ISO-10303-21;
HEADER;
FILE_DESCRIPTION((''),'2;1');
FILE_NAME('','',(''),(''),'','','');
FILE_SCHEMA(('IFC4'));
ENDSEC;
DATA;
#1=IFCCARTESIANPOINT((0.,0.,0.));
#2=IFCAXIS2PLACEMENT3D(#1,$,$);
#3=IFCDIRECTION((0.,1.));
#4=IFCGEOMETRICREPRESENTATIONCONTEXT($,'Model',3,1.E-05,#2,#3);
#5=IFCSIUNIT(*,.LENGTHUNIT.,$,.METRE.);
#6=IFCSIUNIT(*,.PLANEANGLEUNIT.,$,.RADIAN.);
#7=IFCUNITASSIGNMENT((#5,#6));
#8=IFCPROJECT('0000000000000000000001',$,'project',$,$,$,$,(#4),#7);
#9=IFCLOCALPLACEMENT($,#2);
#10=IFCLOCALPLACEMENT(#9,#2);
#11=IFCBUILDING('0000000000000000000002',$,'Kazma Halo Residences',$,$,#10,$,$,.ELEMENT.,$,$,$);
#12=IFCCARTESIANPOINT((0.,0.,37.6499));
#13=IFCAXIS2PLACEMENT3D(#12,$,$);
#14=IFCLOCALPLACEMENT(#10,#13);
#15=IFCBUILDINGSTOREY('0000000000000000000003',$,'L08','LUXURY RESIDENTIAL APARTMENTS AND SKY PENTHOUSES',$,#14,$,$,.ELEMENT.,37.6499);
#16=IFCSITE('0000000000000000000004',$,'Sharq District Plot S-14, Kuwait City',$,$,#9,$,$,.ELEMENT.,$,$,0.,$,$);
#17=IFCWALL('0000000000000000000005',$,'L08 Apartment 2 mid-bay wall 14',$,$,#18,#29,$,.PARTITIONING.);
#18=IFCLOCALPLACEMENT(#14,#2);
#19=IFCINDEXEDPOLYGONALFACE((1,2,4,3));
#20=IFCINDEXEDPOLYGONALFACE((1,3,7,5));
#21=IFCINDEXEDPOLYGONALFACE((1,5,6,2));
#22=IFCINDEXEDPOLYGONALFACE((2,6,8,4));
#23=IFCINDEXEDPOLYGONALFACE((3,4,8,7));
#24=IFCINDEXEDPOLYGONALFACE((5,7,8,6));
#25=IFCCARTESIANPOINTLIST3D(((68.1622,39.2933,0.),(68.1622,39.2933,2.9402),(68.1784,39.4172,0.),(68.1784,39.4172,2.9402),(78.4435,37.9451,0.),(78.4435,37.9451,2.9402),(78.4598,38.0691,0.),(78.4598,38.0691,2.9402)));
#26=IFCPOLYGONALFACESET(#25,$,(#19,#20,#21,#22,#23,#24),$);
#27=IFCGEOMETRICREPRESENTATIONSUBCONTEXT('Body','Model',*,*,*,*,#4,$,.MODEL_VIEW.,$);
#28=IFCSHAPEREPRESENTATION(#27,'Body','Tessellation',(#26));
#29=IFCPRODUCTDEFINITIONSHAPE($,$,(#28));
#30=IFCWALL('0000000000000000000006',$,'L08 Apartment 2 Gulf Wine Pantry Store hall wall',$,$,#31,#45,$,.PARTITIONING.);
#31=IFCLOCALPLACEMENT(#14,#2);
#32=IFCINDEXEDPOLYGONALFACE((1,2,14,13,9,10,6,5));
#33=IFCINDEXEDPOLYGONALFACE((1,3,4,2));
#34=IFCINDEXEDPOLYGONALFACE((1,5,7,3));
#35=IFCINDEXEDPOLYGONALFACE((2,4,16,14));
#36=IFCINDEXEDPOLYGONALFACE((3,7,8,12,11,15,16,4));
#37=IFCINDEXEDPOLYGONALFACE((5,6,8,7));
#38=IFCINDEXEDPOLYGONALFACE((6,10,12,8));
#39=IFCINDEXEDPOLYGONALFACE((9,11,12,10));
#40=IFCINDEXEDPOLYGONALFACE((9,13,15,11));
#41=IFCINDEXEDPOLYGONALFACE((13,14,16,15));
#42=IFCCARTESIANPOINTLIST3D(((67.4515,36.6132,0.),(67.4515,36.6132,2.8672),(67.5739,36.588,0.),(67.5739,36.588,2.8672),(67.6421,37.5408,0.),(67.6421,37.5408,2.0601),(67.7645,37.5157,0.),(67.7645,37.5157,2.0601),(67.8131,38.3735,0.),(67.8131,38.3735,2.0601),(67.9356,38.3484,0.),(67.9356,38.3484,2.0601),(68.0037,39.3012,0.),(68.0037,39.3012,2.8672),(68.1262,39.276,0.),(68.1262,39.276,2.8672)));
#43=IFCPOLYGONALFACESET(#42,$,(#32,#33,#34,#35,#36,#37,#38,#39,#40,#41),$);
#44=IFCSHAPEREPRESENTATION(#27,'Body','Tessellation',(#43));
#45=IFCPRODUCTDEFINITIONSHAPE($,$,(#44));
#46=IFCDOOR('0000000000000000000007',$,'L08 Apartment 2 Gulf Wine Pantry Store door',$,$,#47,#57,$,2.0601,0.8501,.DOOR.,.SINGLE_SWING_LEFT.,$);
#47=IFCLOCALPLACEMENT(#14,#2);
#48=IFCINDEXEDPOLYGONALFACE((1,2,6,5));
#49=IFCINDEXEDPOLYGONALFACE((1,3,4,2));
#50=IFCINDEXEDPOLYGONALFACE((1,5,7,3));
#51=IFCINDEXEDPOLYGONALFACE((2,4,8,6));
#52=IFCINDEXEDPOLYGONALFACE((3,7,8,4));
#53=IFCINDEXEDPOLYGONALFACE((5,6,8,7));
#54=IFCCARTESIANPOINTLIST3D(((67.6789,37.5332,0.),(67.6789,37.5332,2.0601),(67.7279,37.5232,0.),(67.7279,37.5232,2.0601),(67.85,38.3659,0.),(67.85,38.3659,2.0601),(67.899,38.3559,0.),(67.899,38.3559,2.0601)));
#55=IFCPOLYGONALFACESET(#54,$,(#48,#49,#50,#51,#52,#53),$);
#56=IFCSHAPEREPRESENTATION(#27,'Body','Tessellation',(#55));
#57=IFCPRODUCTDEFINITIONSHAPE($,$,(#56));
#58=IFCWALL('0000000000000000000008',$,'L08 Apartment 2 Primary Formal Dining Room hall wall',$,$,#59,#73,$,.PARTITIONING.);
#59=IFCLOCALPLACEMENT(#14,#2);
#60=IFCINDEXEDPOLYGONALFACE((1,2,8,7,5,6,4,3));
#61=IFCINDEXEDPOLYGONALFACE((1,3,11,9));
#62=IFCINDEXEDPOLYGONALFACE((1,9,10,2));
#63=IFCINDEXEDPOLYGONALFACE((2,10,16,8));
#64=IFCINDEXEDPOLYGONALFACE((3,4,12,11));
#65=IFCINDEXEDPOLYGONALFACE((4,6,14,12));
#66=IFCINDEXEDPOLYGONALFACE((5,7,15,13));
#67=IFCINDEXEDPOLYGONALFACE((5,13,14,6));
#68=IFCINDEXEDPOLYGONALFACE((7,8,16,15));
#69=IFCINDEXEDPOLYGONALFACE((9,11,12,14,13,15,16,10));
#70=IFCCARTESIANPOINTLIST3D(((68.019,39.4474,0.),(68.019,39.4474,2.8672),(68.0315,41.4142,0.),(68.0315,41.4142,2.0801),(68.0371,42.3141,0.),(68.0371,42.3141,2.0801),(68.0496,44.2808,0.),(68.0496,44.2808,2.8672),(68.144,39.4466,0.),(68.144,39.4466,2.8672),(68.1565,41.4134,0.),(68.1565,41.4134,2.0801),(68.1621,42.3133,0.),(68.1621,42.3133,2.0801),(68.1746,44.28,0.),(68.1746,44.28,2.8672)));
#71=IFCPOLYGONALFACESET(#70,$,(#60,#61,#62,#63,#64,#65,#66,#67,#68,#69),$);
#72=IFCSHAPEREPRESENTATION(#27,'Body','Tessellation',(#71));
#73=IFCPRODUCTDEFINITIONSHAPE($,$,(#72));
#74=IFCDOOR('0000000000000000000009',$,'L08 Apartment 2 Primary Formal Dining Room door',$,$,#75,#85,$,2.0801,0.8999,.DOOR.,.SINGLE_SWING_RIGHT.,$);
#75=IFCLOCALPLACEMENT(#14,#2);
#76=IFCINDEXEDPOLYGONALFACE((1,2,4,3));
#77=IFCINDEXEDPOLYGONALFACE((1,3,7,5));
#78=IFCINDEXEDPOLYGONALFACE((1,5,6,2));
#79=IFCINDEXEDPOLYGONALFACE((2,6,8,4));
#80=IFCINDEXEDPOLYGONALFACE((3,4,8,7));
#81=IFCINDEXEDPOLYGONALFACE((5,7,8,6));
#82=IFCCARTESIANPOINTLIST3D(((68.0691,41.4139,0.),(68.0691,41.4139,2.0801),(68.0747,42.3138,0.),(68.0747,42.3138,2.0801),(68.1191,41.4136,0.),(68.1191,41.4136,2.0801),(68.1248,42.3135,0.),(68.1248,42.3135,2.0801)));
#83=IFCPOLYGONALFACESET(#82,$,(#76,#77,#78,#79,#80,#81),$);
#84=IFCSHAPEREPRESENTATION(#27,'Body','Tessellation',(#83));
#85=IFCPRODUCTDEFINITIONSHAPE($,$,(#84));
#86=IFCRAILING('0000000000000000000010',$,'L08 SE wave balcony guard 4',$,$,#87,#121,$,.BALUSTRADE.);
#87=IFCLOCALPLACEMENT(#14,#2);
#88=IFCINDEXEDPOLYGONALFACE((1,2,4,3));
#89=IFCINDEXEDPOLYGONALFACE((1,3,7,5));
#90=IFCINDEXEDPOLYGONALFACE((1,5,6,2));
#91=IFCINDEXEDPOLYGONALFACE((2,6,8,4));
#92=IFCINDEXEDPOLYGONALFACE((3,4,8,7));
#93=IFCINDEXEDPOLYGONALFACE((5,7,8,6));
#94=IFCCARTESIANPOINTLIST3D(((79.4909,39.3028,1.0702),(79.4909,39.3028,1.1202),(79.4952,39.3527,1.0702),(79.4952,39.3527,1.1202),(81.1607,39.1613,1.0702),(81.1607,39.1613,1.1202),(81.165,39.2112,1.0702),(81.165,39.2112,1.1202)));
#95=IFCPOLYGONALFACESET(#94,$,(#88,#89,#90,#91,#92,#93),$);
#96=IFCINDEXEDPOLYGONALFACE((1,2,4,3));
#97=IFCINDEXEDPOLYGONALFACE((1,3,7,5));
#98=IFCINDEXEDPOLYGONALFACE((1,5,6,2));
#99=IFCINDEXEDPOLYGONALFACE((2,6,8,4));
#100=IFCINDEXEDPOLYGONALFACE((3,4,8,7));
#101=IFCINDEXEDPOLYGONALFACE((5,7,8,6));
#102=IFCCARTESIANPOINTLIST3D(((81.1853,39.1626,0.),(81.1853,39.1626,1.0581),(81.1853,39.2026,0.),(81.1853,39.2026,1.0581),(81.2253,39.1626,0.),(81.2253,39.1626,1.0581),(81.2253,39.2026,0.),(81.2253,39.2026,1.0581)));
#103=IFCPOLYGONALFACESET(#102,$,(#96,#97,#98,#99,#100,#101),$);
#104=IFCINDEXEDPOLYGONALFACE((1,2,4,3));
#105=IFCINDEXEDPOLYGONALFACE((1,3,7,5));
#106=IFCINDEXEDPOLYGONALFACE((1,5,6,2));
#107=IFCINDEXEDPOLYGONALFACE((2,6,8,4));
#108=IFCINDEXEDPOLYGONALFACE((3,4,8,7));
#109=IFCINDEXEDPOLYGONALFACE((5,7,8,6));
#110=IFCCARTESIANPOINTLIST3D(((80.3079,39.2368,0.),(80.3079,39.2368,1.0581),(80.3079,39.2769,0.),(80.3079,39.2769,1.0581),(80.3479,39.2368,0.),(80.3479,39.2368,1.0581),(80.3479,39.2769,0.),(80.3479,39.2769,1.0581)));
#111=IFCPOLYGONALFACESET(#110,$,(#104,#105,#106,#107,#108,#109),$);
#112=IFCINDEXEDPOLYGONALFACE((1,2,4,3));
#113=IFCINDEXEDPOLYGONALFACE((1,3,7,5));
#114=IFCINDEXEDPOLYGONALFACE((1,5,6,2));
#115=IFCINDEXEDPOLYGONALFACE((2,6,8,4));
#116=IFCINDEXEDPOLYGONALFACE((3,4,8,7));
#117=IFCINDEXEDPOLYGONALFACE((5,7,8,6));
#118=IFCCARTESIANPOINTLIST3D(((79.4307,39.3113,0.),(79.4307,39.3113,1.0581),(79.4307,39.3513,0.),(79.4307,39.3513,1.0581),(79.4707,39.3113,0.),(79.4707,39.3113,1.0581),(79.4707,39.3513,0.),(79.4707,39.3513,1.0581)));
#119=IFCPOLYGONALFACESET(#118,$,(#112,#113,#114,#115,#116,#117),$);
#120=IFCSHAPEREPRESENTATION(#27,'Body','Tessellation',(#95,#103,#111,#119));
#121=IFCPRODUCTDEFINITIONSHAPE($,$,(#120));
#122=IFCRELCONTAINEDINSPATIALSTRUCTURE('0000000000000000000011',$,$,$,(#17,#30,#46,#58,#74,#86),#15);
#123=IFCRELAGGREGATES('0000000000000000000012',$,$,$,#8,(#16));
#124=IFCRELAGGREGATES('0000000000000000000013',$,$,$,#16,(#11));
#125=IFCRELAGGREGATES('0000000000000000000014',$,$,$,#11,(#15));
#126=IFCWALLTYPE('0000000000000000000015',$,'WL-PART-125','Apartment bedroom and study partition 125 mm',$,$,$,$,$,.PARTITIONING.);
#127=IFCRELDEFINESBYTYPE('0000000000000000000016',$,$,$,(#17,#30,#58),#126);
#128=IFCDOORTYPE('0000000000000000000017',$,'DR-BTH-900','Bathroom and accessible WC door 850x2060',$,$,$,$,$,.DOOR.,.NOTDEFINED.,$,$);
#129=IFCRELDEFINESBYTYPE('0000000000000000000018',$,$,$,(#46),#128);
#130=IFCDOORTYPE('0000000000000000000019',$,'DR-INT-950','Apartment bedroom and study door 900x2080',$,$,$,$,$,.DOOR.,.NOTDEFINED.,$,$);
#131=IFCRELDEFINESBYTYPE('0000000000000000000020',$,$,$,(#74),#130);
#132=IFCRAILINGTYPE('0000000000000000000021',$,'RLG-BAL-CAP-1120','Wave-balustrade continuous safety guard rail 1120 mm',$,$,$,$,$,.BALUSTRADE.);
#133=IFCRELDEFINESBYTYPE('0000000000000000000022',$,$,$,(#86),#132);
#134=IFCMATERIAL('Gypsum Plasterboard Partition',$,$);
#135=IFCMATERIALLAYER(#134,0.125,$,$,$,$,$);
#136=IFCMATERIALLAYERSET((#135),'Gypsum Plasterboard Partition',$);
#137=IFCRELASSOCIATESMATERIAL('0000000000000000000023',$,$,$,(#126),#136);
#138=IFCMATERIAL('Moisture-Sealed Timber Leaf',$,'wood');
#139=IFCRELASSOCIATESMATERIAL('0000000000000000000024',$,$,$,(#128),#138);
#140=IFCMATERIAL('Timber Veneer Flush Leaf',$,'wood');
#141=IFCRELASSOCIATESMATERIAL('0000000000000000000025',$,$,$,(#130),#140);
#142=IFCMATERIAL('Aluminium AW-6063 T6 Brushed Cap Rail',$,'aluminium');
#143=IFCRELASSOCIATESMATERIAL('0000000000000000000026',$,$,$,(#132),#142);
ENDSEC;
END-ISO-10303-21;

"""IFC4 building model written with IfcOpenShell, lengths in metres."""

from ifc_helpers import new_model, si_unit, direction, frame, frame_2d, origin, origin_2d, place, context, subcontext, project, spatial, rectangle, extrude, material, layer, layer_set, type_object, element, fill, save


model = new_model("IFC4")

# Units and contexts
model_context = context("Model", 3, precision=1e-05, world=origin(), true_north=direction((0.0, 1.0)))
body_context = subcontext(model_context, "Body", "Model", "MODEL_VIEW")
ifc_project = project(units=[si_unit("LENGTHUNIT", "METRE"), si_unit("PLANEANGLEUNIT", "RADIAN")], contexts=[model_context])

# Site, building, storey
site_placement = place(None, origin())
site = spatial("IfcSite", under=ifc_project, at=site_placement, Name="Sharq District Plot S-14, Kuwait City", CompositionType="ELEMENT", RefElevation=0.0)
building_placement = place(site_placement, origin())
building = spatial("IfcBuilding", under=site, at=building_placement, Name="Kazma Halo Residences", CompositionType="ELEMENT")
storey_placement = place(building_placement, frame((0.0, 0.0, 37.6499)))
storey = spatial("IfcBuildingStorey", under=building, at=storey_placement, Name="L08", Description="LUXURY RESIDENTIAL APARTMENTS AND SKY PENTHOUSES", CompositionType="ELEMENT", Elevation=37.6499)

# Shared definitions
ifc_material_1 = material(Name="Gypsum Plasterboard Partition")
ifc_layer_1 = layer(ifc_material_1, 0.125)
ifc_layer_set_1 = layer_set([ifc_layer_1], Name="Gypsum Plasterboard Partition")
wall_type_1 = type_object("IfcWallType", Name="WL-PART-125", Description="Apartment bedroom and study partition 125 mm", PredefinedType="PARTITIONING", material=ifc_layer_set_1)

# Shared definitions
ifc_material_2 = material(Name="Moisture-Sealed Timber Leaf", Category="wood")
door_type_1 = type_object("IfcDoorType", Name="DR-BTH-900", Description="Bathroom and accessible WC door 850x2060", OperationType="NOTDEFINED", PredefinedType="DOOR", material=ifc_material_2)

# Wall
wall_1_placement = place(storey_placement, frame((68.1704, 39.3552, 0.0), z_axis=(0.0, 0.0, 1.0), x_axis=(0.991513, -0.130011, 0.0)))
element("IfcWall", 1, at=wall_1_placement, inside=storey, type_object=wall_type_1, Name="L08 Apartment 2 mid-bay wall 14", PredefinedType="PARTITIONING", context=body_context, shape_type="SweptSolid", body=[
    extrude(rectangle(XDim=10.3694, YDim=0.125, at=frame_2d((5.1846, 0.0))), origin(), (0.0, 0.0, 1.0), 2.9402),
])

# Walls, openings, doors
wall_2_placement = place(storey_placement, frame((67.5127, 36.6006, 0.0), z_axis=(0.0, 0.0, 1.0), x_axis=(0.201246, 0.979541, 0.0)))
wall_2 = element("IfcWall", 2, at=wall_2_placement, inside=storey, type_object=wall_type_1, Name="L08 Apartment 2 Gulf Wine Pantry Store hall wall", PredefinedType="PARTITIONING", context=body_context, shape_type="SweptSolid", body=[
    extrude(rectangle(XDim=2.7441, YDim=0.125, at=frame_2d((1.3721, 0.0))), origin(), (0.0, 0.0, 1.0), 2.8672),
])
opening_1_placement = place(wall_2_placement, frame((0.947, 0.0, 0.0)))
opening_1 = element("IfcOpeningElement", 3, at=opening_1_placement, cuts=wall_2, PredefinedType="OPENING", context=body_context, shape_type="SweptSolid", body=[
    extrude(rectangle(XDim=0.8501, YDim=2.0601, at=frame_2d((0.425, 1.03))), frame((0.0, 0.0725, 0.0), z_axis=(0.0, -1.0, 0.0), x_axis=(1.0, 0.0, 0.0)), (0.0, 0.0, 1.0), 0.145),
])
door_1_placement = place(opening_1_placement, origin())
door_1 = element("IfcDoor", 4, at=door_1_placement, inside=storey, type_object=door_type_1, Name="L08 Apartment 2 Gulf Wine Pantry Store door", OperationType="SINGLE_SWING_LEFT", OverallHeight=2.0601, OverallWidth=0.8501, PredefinedType="DOOR", context=body_context, shape_type="SweptSolid", body=[
    extrude(rectangle(XDim=0.8501, YDim=2.0601, at=frame_2d((0.425, 1.03))), frame((0.0, 0.0249, 0.0), z_axis=(0.0, -1.0, 0.0), x_axis=(1.0, 0.0, 0.0)), (0.0, 0.0, 1.0), 0.05),
])
fill(opening_1, door_1)
wall_3_placement = place(storey_placement, frame((68.0815, 39.447, 0.0), z_axis=(0.0, 0.0, 1.0), x_axis=(0.006314, 0.99998, 0.0)))
wall_3 = element("IfcWall", 5, at=wall_3_placement, inside=storey, type_object=wall_type_1, Name="L08 Apartment 2 Primary Formal Dining Room hall wall", PredefinedType="PARTITIONING", context=body_context, shape_type="SweptSolid", body=[
    extrude(rectangle(XDim=4.8335, YDim=0.125, at=frame_2d((2.4167, 0.0))), origin(), (0.0, 0.0, 1.0), 2.8672),
])
opening_2_placement = place(wall_3_placement, frame((1.9668, 0.0, 0.0)))
opening_2 = element("IfcOpeningElement", 6, at=opening_2_placement, cuts=wall_3, PredefinedType="OPENING", context=body_context, shape_type="SweptSolid", body=[
    extrude(rectangle(XDim=0.8999, YDim=2.0801, at=frame_2d((0.45, 1.04))), frame((0.0, 0.0725, 0.0), z_axis=(0.0, -1.0, 0.0), x_axis=(1.0, 0.0, 0.0)), (0.0, 0.0, 1.0), 0.145),
])
ifc_material_3 = material(Name="Timber Veneer Flush Leaf", Category="wood")
door_type_2 = type_object("IfcDoorType", Name="DR-INT-950", Description="Apartment bedroom and study door 900x2080", OperationType="NOTDEFINED", PredefinedType="DOOR", material=ifc_material_3)
door_2_placement = place(opening_2_placement, origin())
door_2 = element("IfcDoor", 7, at=door_2_placement, inside=storey, type_object=door_type_2, Name="L08 Apartment 2 Primary Formal Dining Room door", OperationType="SINGLE_SWING_RIGHT", OverallHeight=2.0801, OverallWidth=0.8999, PredefinedType="DOOR", context=body_context, shape_type="SweptSolid", body=[
    extrude(rectangle(XDim=0.8999, YDim=2.0801, at=frame_2d((0.45, 1.04))), frame((0.0, 0.0249, 0.0), z_axis=(0.0, -1.0, 0.0), x_axis=(1.0, 0.0, 0.0)), (0.0, 0.0, 1.0), 0.05),
])
fill(opening_2, door_2)

# Railing
ifc_material_4 = material(Name="Aluminium AW-6063 T6 Brushed Cap Rail", Category="aluminium")
railing_type = type_object("IfcRailingType", Name="RLG-BAL-CAP-1120", Description="Wave-balustrade continuous safety guard rail 1120 mm", PredefinedType="BALUSTRADE", material=ifc_material_4)
railing_placement = place(storey_placement, frame((81.2053, 39.1826, 0.0)))
element("IfcRailing", 8, at=railing_placement, inside=storey, type_object=railing_type, Name="L08 SE wave balcony guard 4", PredefinedType="BALUSTRADE", context=body_context, shape_type="SweptSolid", body=[
    extrude(rectangle(XDim=0.05, YDim=0.05, at=origin_2d()), frame((-0.0425, 0.0037, 1.0952), z_axis=(-0.996429, 0.084434, 0.0), x_axis=(-0.084434, -0.996429, 0.0)), (0.0, 0.0, 1.0), 1.6758),
    extrude(rectangle(XDim=0.04, YDim=0.04, at=origin_2d()), origin(), (0.0, 0.0, 1.0), 1.0581),
    extrude(rectangle(XDim=0.04, YDim=0.04, at=origin_2d()), frame((-0.8774, 0.0742, 0.0)), (0.0, 0.0, 1.0), 1.0581),
    extrude(rectangle(XDim=0.04, YDim=0.04, at=origin_2d()), frame((-1.7546, 0.1487, 0.0)), (0.0, 0.0, 1.0), 1.0581),
])

save(model, "model.ifc")
